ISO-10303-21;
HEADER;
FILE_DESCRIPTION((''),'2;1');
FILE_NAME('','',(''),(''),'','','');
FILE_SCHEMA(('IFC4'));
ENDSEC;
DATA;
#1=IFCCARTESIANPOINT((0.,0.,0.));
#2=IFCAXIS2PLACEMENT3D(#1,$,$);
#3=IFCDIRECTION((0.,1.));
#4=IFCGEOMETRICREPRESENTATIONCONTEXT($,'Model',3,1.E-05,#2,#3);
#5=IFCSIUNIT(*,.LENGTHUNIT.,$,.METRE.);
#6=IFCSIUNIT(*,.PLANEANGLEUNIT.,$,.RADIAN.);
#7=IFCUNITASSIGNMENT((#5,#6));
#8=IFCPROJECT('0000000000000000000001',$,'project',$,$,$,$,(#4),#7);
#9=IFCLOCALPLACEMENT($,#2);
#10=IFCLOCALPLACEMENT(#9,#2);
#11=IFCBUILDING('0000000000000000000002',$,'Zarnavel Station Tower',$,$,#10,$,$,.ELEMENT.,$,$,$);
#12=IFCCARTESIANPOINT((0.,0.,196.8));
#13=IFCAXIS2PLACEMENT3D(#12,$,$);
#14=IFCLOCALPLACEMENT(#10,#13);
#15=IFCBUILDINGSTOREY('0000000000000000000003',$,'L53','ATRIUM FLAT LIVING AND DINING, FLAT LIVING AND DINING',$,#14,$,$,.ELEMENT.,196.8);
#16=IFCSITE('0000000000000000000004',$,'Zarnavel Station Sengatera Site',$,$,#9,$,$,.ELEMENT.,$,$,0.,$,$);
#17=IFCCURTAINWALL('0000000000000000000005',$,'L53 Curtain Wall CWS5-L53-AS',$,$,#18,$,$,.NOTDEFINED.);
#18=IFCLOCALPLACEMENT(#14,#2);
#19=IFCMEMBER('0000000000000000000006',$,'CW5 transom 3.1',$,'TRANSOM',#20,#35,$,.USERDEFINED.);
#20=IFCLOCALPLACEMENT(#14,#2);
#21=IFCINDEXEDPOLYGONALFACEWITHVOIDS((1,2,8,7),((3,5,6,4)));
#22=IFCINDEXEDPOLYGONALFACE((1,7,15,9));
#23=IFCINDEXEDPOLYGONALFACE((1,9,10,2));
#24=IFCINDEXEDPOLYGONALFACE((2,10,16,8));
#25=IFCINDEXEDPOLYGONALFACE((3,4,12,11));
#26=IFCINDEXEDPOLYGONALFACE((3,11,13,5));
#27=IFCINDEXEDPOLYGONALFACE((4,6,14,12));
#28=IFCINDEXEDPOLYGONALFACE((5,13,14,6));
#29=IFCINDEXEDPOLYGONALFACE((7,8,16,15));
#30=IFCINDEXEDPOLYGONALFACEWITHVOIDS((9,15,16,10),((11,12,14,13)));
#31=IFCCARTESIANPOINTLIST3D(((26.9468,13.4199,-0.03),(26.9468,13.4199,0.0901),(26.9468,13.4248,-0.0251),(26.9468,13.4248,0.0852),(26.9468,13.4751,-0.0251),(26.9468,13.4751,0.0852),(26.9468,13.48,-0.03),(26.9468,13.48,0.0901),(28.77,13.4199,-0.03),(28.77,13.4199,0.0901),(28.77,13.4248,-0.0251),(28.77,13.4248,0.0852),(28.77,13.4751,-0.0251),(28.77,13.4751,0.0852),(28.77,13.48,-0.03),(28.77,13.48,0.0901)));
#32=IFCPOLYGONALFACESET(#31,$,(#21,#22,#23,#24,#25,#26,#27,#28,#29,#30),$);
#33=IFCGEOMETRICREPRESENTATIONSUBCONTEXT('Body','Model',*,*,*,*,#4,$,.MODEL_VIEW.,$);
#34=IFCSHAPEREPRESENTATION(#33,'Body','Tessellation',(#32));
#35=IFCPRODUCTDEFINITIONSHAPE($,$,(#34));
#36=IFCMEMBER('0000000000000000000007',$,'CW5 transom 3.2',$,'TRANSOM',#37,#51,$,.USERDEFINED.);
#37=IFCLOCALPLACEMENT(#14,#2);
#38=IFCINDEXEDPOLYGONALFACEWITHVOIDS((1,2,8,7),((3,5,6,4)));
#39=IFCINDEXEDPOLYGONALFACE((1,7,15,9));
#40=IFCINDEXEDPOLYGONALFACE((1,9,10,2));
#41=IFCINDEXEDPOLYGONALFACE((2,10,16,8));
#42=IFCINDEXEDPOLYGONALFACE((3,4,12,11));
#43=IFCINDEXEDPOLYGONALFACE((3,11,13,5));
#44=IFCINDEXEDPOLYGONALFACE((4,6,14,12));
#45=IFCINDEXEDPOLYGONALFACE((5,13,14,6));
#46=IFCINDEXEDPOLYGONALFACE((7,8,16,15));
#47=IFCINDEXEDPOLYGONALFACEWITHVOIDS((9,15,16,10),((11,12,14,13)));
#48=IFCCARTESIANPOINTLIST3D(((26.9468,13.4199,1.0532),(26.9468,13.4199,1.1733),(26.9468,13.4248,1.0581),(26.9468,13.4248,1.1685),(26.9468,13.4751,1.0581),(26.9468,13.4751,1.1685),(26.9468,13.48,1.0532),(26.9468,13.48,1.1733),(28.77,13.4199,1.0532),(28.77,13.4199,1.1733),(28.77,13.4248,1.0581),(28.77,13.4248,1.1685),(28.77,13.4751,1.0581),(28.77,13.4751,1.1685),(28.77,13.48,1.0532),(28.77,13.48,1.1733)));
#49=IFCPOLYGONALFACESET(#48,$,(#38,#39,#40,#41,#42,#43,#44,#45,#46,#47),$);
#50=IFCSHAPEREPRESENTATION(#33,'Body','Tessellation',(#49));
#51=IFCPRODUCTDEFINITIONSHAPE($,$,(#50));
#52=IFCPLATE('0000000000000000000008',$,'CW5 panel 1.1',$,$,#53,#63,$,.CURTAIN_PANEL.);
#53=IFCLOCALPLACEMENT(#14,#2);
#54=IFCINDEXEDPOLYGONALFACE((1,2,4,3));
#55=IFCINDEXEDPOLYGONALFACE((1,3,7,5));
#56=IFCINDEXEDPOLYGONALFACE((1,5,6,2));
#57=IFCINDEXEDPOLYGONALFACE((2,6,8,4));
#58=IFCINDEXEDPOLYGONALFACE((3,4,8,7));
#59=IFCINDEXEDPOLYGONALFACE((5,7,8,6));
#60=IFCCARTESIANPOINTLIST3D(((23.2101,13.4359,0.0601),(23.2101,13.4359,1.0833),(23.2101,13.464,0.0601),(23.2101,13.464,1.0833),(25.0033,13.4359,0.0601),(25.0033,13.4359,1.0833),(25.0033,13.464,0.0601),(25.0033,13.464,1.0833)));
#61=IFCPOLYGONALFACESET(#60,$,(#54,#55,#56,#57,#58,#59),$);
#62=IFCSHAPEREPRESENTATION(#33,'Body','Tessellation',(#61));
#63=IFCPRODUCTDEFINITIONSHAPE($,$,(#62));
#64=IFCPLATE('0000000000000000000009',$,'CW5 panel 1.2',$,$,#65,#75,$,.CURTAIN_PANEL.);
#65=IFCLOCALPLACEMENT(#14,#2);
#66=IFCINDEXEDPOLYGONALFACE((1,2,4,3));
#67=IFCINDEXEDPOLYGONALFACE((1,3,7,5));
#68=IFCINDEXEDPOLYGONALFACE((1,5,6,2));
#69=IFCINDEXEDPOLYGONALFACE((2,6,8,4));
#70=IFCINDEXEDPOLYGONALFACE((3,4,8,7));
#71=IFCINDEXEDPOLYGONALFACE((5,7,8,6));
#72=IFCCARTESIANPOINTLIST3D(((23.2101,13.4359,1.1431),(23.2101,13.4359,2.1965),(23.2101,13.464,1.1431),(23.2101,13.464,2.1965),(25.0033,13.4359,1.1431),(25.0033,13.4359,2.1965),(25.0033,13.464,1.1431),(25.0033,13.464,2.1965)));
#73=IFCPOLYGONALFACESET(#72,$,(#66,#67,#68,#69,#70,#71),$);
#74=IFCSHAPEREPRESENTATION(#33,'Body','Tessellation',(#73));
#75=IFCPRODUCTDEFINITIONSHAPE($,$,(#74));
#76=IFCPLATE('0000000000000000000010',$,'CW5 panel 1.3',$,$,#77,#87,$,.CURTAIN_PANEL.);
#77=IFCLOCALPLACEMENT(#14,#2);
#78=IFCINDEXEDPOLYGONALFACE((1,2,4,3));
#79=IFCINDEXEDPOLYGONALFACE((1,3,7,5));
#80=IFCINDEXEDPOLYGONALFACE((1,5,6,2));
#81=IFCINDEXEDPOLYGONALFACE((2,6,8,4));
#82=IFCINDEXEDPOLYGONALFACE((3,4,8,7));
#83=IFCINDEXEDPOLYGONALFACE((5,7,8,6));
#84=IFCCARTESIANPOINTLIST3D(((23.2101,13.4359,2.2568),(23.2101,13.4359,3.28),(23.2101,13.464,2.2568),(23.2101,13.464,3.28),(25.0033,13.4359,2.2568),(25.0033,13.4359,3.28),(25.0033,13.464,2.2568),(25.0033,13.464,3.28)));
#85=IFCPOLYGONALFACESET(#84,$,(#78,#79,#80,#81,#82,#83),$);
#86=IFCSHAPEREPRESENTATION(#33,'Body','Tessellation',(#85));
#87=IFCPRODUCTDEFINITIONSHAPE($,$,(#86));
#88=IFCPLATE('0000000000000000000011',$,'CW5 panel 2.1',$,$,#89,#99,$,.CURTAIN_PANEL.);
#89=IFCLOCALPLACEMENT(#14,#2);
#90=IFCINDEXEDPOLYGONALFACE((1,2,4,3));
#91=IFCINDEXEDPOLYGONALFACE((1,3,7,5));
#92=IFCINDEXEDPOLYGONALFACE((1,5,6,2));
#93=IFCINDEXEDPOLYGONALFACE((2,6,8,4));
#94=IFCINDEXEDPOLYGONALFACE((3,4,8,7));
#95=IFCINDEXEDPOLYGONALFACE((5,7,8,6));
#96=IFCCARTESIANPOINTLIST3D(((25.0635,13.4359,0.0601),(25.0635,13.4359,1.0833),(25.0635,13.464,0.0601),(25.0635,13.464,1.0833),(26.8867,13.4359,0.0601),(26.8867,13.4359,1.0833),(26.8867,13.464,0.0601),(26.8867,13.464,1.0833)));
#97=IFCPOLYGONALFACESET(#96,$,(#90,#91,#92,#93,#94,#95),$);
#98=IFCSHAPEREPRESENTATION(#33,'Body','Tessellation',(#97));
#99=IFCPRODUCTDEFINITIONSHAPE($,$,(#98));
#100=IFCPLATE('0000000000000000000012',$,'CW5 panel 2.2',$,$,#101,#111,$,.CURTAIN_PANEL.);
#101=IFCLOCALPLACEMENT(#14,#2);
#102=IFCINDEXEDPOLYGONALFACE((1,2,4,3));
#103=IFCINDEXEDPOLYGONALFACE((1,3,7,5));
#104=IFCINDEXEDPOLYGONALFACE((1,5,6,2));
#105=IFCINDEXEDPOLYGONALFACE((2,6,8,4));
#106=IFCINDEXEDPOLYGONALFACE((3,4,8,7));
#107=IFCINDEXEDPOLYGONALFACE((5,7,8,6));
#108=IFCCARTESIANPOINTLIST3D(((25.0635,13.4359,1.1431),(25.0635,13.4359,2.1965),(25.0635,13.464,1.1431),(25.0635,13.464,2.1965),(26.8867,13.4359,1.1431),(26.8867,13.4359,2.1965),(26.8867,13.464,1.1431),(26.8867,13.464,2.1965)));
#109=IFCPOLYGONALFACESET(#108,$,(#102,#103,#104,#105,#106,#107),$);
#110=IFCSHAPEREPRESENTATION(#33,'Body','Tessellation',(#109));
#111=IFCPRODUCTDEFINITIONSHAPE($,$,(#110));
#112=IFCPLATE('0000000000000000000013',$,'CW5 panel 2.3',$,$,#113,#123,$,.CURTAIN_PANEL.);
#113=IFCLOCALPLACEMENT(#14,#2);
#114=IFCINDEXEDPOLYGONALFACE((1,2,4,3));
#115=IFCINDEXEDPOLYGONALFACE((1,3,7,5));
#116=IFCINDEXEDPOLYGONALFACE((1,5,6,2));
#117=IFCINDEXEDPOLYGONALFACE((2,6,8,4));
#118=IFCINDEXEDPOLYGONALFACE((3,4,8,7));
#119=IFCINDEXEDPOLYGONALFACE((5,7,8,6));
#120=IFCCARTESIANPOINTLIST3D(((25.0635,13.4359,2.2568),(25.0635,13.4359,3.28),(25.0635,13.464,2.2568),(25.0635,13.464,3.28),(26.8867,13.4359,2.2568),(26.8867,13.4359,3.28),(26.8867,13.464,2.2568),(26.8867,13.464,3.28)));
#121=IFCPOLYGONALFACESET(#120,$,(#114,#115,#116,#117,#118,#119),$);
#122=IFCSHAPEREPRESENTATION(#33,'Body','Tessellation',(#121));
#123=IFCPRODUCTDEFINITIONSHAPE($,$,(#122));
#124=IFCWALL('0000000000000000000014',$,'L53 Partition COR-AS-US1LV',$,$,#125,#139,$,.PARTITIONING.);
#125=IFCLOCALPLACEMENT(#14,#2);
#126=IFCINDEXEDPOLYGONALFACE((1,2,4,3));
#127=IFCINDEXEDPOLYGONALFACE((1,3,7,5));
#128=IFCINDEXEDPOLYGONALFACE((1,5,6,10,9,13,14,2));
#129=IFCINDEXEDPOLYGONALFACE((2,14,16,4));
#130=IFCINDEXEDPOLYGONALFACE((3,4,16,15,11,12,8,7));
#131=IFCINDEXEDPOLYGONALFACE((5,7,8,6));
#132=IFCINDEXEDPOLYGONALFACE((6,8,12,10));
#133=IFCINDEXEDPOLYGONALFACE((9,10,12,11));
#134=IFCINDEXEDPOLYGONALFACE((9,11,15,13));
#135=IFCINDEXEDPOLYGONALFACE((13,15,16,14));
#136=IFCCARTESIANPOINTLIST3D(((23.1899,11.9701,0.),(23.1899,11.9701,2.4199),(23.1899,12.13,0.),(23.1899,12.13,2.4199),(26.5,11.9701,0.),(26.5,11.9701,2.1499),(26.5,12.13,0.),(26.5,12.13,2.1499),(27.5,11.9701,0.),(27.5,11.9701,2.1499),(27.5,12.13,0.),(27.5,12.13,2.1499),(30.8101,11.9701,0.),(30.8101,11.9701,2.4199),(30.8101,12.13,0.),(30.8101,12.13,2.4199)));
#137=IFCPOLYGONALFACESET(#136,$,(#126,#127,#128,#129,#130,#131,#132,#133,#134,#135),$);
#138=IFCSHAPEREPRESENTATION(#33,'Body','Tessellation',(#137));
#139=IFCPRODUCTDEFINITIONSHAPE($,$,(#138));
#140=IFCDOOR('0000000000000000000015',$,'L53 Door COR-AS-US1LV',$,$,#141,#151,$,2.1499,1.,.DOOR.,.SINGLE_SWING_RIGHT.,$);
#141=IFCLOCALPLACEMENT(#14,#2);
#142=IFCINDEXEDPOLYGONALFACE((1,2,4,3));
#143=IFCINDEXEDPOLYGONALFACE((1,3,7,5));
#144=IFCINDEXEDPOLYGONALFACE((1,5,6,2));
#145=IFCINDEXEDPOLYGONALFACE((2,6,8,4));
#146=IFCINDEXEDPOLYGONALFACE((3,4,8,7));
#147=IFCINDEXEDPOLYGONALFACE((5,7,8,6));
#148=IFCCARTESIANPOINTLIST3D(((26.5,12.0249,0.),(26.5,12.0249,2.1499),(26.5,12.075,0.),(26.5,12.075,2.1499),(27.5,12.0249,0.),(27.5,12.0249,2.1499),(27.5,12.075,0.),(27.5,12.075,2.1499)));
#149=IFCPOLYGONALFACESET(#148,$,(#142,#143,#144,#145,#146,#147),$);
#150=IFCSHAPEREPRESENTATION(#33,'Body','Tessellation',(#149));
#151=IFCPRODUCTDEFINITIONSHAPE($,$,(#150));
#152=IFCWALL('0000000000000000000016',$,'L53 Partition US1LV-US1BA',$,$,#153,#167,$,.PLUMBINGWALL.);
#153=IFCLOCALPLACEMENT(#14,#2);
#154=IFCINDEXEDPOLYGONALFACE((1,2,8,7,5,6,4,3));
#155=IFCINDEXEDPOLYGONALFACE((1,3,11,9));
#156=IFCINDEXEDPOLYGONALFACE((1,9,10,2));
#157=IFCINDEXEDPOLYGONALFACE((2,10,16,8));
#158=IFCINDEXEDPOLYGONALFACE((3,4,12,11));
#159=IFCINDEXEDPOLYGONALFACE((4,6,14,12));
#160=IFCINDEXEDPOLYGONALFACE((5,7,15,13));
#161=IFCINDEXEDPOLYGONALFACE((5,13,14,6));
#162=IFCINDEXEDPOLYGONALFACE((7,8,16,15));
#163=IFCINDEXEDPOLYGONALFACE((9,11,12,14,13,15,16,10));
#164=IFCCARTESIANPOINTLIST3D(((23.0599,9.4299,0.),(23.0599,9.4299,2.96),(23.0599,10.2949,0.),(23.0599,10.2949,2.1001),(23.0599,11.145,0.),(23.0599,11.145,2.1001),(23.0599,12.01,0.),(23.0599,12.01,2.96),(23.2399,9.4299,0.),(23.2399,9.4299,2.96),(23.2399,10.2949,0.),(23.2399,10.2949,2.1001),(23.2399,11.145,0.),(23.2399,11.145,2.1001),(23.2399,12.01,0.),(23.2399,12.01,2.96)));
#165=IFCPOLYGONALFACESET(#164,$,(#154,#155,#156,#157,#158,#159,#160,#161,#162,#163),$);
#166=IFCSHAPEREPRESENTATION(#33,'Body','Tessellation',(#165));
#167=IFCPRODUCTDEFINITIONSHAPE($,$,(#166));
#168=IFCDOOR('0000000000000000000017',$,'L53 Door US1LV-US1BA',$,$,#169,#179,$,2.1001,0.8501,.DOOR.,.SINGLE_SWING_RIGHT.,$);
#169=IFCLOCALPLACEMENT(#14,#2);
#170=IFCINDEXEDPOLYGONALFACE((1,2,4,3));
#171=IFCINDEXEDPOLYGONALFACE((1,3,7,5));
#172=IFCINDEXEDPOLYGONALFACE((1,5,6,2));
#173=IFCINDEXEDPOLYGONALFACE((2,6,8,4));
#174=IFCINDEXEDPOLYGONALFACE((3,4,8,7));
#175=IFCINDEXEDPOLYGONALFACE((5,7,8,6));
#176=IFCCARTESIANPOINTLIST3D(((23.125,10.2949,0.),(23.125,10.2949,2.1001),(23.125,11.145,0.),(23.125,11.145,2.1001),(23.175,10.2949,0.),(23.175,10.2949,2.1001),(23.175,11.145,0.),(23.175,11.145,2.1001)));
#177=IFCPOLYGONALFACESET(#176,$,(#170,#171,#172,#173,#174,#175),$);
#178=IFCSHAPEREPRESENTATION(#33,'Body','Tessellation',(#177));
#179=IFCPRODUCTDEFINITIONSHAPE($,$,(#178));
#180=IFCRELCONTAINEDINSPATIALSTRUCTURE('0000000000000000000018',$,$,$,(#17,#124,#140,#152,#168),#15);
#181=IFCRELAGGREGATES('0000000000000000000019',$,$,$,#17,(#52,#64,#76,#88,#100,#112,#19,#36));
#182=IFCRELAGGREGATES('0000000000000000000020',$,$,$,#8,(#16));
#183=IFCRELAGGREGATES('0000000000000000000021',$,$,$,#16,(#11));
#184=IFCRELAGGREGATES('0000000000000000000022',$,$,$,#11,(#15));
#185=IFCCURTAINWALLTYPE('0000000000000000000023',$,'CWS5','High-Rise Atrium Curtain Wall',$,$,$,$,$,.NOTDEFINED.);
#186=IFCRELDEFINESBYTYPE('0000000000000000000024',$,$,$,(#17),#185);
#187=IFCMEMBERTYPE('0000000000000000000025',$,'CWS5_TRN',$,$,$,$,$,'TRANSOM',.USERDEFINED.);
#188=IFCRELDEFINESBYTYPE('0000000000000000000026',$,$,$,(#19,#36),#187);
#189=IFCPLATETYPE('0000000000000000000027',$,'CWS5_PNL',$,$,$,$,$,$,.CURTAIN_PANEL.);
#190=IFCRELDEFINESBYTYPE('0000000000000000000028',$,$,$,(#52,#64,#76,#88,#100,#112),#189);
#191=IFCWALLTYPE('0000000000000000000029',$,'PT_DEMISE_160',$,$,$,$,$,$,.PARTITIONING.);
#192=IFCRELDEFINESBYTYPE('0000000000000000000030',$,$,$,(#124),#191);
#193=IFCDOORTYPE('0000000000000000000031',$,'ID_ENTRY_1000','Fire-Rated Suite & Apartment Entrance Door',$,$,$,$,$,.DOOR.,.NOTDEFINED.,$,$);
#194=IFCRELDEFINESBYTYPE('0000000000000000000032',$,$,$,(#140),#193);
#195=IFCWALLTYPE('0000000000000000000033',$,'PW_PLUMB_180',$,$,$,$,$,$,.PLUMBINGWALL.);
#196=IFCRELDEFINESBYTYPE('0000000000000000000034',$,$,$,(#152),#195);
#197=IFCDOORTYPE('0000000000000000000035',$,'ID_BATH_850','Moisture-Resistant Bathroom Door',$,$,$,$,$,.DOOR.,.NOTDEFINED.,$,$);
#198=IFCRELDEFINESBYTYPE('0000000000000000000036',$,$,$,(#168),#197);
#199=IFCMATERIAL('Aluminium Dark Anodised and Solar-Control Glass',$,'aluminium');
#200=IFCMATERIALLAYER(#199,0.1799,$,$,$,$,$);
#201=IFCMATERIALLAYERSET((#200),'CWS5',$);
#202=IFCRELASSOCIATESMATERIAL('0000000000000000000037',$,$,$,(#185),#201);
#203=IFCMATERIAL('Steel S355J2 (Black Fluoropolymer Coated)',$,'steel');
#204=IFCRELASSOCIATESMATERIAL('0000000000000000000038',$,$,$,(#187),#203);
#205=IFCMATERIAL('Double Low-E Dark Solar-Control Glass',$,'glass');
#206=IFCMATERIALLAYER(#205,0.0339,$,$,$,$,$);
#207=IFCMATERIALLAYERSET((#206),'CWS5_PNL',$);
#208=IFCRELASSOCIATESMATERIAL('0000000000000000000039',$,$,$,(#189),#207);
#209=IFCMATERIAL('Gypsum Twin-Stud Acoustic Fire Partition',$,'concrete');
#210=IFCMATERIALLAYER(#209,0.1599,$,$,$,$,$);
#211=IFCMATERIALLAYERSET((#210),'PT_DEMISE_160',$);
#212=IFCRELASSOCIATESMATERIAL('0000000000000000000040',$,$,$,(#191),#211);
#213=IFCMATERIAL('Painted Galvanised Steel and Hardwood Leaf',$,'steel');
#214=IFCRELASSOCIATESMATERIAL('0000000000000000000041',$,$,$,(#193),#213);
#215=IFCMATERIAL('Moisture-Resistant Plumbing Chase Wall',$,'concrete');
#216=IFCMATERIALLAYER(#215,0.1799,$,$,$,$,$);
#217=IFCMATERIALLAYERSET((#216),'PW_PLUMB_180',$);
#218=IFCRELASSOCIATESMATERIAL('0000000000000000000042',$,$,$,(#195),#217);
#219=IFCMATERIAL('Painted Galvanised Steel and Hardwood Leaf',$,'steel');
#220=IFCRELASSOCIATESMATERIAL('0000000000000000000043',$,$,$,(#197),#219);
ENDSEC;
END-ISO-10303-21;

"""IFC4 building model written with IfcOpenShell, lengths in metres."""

from ifc_helpers import new_model, si_unit, direction, frame, frame_2d, origin, origin_2d, place, context, subcontext, project, spatial, rectangle, hollow_rectangle, extrude, material, layer, layer_set, material_profile, profile_set, type_object, element, fill, aggregate, save


model = new_model("IFC4")

# Units and contexts
model_context = context("Model", 3, precision=1e-05, world=origin(), true_north=direction((0.0, 1.0)))
body_context = subcontext(model_context, "Body", "Model", "MODEL_VIEW")
ifc_project = project(units=[si_unit("LENGTHUNIT", "METRE"), si_unit("PLANEANGLEUNIT", "RADIAN")], contexts=[model_context])

# Site, building, storey
site_placement = place(None, origin())
site = spatial("IfcSite", under=ifc_project, at=site_placement, Name="Zarnavel Station Sengatera Site", CompositionType="ELEMENT", RefElevation=0.0)
building_placement = place(site_placement, origin())
building = spatial("IfcBuilding", under=site, at=building_placement, Name="Zarnavel Station Tower", CompositionType="ELEMENT")
storey_placement = place(building_placement, frame((0.0, 0.0, 196.8)))
storey = spatial("IfcBuildingStorey", under=building, at=storey_placement, Name="L53", Description="ATRIUM FLAT LIVING AND DINING, FLAT LIVING AND DINING", CompositionType="ELEMENT", Elevation=196.8)

# Curtain wall, members, plates
ifc_material_1 = material(Name="Aluminium Dark Anodised and Solar-Control Glass", Category="aluminium")
ifc_layer_1 = layer(ifc_material_1, 0.1799)
ifc_layer_set_1 = layer_set([ifc_layer_1], Name="CWS5")
curtain_wall_type = type_object("IfcCurtainWallType", Name="CWS5", Description="High-Rise Atrium Curtain Wall", PredefinedType="NOTDEFINED", material=ifc_layer_set_1)
curtain_wall_placement = place(storey_placement, origin())
curtain_wall = element("IfcCurtainWall", 1, at=curtain_wall_placement, inside=storey, type_object=curtain_wall_type, Name="L53 Curtain Wall CWS5-L53-AS", PredefinedType="NOTDEFINED")
ifc_material_2 = material(Name="Steel S355J2 (Black Fluoropolymer Coated)", Category="steel")
ifc_material_profile_1 = material_profile(ifc_material_2, hollow_rectangle(XDim=0.0601, YDim=0.1201, WallThickness=0.0049, at=origin_2d()), Name="RHS120x60x5")
ifc_profile_set_1 = profile_set([ifc_material_profile_1], Name="Steel S355J2 (Black Fluoropolymer Coated)")
member_type_1 = type_object("IfcMemberType", Name="CWS5_TRN", ElementType="TRANSOM", PredefinedType="USERDEFINED", material=ifc_profile_set_1)
member_1_placement = place(storey_placement, frame((26.9468, 13.45, 0.03), z_axis=(1.0, 0.0, 0.0), x_axis=(0.0, 1.0, 0.0)))
member_1 = element("IfcMember", 2, at=member_1_placement, type_object=member_type_1, Name="CW5 transom 3.1", ObjectType="TRANSOM", PredefinedType="USERDEFINED", context=body_context, shape_type="SweptSolid", body=[
    extrude(hollow_rectangle(XDim=0.0601, YDim=0.1201, WallThickness=0.0049, at=origin_2d()), origin(), (0.0, 0.0, 1.0), 1.8232),
])
member_2_placement = place(storey_placement, frame((26.9468, 13.45, 1.1133), z_axis=(1.0, 0.0, 0.0), x_axis=(0.0, 1.0, 0.0)))
member_2 = element("IfcMember", 3, at=member_2_placement, type_object=member_type_1, Name="CW5 transom 3.2", ObjectType="TRANSOM", PredefinedType="USERDEFINED", context=body_context, shape_type="SweptSolid", body=[
    extrude(hollow_rectangle(XDim=0.0601, YDim=0.1201, WallThickness=0.0049, at=origin_2d()), origin(), (0.0, 0.0, 1.0), 1.8232),
])
ifc_material_3 = material(Name="Double Low-E Dark Solar-Control Glass", Category="glass")
ifc_layer_2 = layer(ifc_material_3, 0.0339)
ifc_layer_set_2 = layer_set([ifc_layer_2], Name="CWS5_PNL")
plate_type = type_object("IfcPlateType", Name="CWS5_PNL", PredefinedType="CURTAIN_PANEL", material=ifc_layer_set_2)
plate_1_placement = place(storey_placement, frame((24.1067, 13.45, 0.0601), z_axis=(0.0, 0.0, 1.0), x_axis=(1.0, 0.0, 0.0)))
plate_1 = element("IfcPlate", 4, at=plate_1_placement, type_object=plate_type, Name="CW5 panel 1.1", PredefinedType="CURTAIN_PANEL", context=body_context, shape_type="SweptSolid", body=[
    extrude(rectangle(XDim=1.7932, YDim=0.0281, at=origin_2d()), origin(), (0.0, 0.0, 1.0), 1.0232),
])
plate_2_placement = place(storey_placement, frame((24.1067, 13.45, 1.1431), z_axis=(0.0, 0.0, 1.0), x_axis=(1.0, 0.0, 0.0)))
plate_2 = element("IfcPlate", 5, at=plate_2_placement, type_object=plate_type, Name="CW5 panel 1.2", PredefinedType="CURTAIN_PANEL", context=body_context, shape_type="SweptSolid", body=[
    extrude(rectangle(XDim=1.7932, YDim=0.0281, at=origin_2d()), origin(), (0.0, 0.0, 1.0), 1.0535),
])
plate_3_placement = place(storey_placement, frame((24.1067, 13.45, 2.2568), z_axis=(0.0, 0.0, 1.0), x_axis=(1.0, 0.0, 0.0)))
plate_3 = element("IfcPlate", 6, at=plate_3_placement, type_object=plate_type, Name="CW5 panel 1.3", PredefinedType="CURTAIN_PANEL", context=body_context, shape_type="SweptSolid", body=[
    extrude(rectangle(XDim=1.7932, YDim=0.0281, at=origin_2d()), origin(), (0.0, 0.0, 1.0), 1.0232),
])
plate_4_placement = place(storey_placement, frame((25.9751, 13.45, 0.0601), z_axis=(0.0, 0.0, 1.0), x_axis=(1.0, 0.0, 0.0)))
plate_4 = element("IfcPlate", 7, at=plate_4_placement, type_object=plate_type, Name="CW5 panel 2.1", PredefinedType="CURTAIN_PANEL", context=body_context, shape_type="SweptSolid", body=[
    extrude(rectangle(XDim=1.8232, YDim=0.0281, at=origin_2d()), origin(), (0.0, 0.0, 1.0), 1.0232),
])
plate_5_placement = place(storey_placement, frame((25.9751, 13.45, 1.1431), z_axis=(0.0, 0.0, 1.0), x_axis=(1.0, 0.0, 0.0)))
plate_5 = element("IfcPlate", 8, at=plate_5_placement, type_object=plate_type, Name="CW5 panel 2.2", PredefinedType="CURTAIN_PANEL", context=body_context, shape_type="SweptSolid", body=[
    extrude(rectangle(XDim=1.8232, YDim=0.0281, at=origin_2d()), origin(), (0.0, 0.0, 1.0), 1.0535),
])
plate_6_placement = place(storey_placement, frame((25.9751, 13.45, 2.2568), z_axis=(0.0, 0.0, 1.0), x_axis=(1.0, 0.0, 0.0)))
plate_6 = element("IfcPlate", 9, at=plate_6_placement, type_object=plate_type, Name="CW5 panel 2.3", PredefinedType="CURTAIN_PANEL", context=body_context, shape_type="SweptSolid", body=[
    extrude(rectangle(XDim=1.8232, YDim=0.0281, at=origin_2d()), origin(), (0.0, 0.0, 1.0), 1.0232),
])
aggregate(curtain_wall, [plate_1, plate_2, plate_3, plate_4, plate_5, plate_6, member_1, member_2])

# Walls, openings, doors
ifc_material_4 = material(Name="Gypsum Twin-Stud Acoustic Fire Partition", Category="concrete")
ifc_layer_3 = layer(ifc_material_4, 0.1599)
ifc_layer_set_3 = layer_set([ifc_layer_3], Name="PT_DEMISE_160")
wall_type_1 = type_object("IfcWallType", Name="PT_DEMISE_160", PredefinedType="PARTITIONING", material=ifc_layer_set_3)
wall_1_placement = place(storey_placement, frame((23.1899, 12.05, 0.0), z_axis=(0.0, 0.0, 1.0), x_axis=(1.0, 0.0, 0.0)))
wall_1 = element("IfcWall", 10, at=wall_1_placement, inside=storey, type_object=wall_type_1, Name="L53 Partition COR-AS-US1LV", PredefinedType="PARTITIONING", context=body_context, shape_type="SweptSolid", body=[
    extrude(rectangle(XDim=7.6201, YDim=0.1599, at=frame_2d((3.8101, 0.0))), origin(), (0.0, 0.0, 1.0), 2.4199),
])
opening_1_placement = place(wall_1_placement, frame((3.3101, 0.0, 0.0)))
opening_1 = element("IfcOpeningElement", 11, at=opening_1_placement, cuts=wall_1, PredefinedType="OPENING", context=body_context, shape_type="SweptSolid", body=[
    extrude(rectangle(XDim=1.0, YDim=2.1499, at=frame_2d((0.5, 1.075))), frame((0.0, 0.0898, 0.0), z_axis=(0.0, -1.0, 0.0), x_axis=(1.0, 0.0, 0.0)), (0.0, 0.0, 1.0), 0.1799),
])
ifc_material_5 = material(Name="Painted Galvanised Steel and Hardwood Leaf", Category="steel")
door_type_1 = type_object("IfcDoorType", Name="ID_ENTRY_1000", Description="Fire-Rated Suite & Apartment Entrance Door", OperationType="NOTDEFINED", PredefinedType="DOOR", material=ifc_material_5)
door_1_placement = place(opening_1_placement, origin())
door_1 = element("IfcDoor", 12, at=door_1_placement, inside=storey, type_object=door_type_1, Name="L53 Door COR-AS-US1LV", OperationType="SINGLE_SWING_RIGHT", OverallHeight=2.1499, OverallWidth=1.0, PredefinedType="DOOR", context=body_context, shape_type="SweptSolid", body=[
    extrude(rectangle(XDim=1.0, YDim=2.1499, at=frame_2d((0.5, 1.075))), frame((0.0, 0.0249, 0.0), z_axis=(0.0, -1.0, 0.0), x_axis=(1.0, 0.0, 0.0)), (0.0, 0.0, 1.0), 0.05),
])
fill(opening_1, door_1)
ifc_material_6 = material(Name="Moisture-Resistant Plumbing Chase Wall", Category="concrete")
ifc_layer_4 = layer(ifc_material_6, 0.1799)
ifc_layer_set_4 = layer_set([ifc_layer_4], Name="PW_PLUMB_180")
wall_type_2 = type_object("IfcWallType", Name="PW_PLUMB_180", PredefinedType="PLUMBINGWALL", material=ifc_layer_set_4)
wall_2_placement = place(storey_placement, frame((23.1499, 9.4299, 0.0), z_axis=(0.0, 0.0, 1.0), x_axis=(0.0, 1.0, 0.0)))
wall_2 = element("IfcWall", 13, at=wall_2_placement, inside=storey, type_object=wall_type_2, Name="L53 Partition US1LV-US1BA", PredefinedType="PLUMBINGWALL", context=body_context, shape_type="SweptSolid", body=[
    extrude(rectangle(XDim=2.5801, YDim=0.1799, at=frame_2d((1.29, 0.0))), origin(), (0.0, 0.0, 1.0), 2.96),
])
opening_2_placement = place(wall_2_placement, frame((0.865, 0.0, 0.0)))
opening_2 = element("IfcOpeningElement", 14, at=opening_2_placement, cuts=wall_2, PredefinedType="OPENING", context=body_context, shape_type="SweptSolid", body=[
    extrude(rectangle(XDim=0.8501, YDim=2.1001, at=frame_2d((0.425, 1.05))), frame((0.0, 0.0999, 0.0), z_axis=(0.0, -1.0, 0.0), x_axis=(1.0, 0.0, 0.0)), (0.0, 0.0, 1.0), 0.2),
])
ifc_material_7 = material(Name="Painted Galvanised Steel and Hardwood Leaf", Category="steel")
door_type_2 = type_object("IfcDoorType", Name="ID_BATH_850", Description="Moisture-Resistant Bathroom Door", OperationType="NOTDEFINED", PredefinedType="DOOR", material=ifc_material_7)
door_2_placement = place(opening_2_placement, origin())
door_2 = element("IfcDoor", 15, at=door_2_placement, inside=storey, type_object=door_type_2, Name="L53 Door US1LV-US1BA", OperationType="SINGLE_SWING_RIGHT", OverallHeight=2.1001, OverallWidth=0.8501, PredefinedType="DOOR", context=body_context, shape_type="SweptSolid", body=[
    extrude(rectangle(XDim=0.8501, YDim=2.1001, at=frame_2d((0.425, 1.05))), frame((0.0, 0.0249, 0.0), z_axis=(0.0, -1.0, 0.0), x_axis=(1.0, 0.0, 0.0)), (0.0, 0.0, 1.0), 0.05),
])
fill(opening_2, door_2)

save(model, "model.ifc")
